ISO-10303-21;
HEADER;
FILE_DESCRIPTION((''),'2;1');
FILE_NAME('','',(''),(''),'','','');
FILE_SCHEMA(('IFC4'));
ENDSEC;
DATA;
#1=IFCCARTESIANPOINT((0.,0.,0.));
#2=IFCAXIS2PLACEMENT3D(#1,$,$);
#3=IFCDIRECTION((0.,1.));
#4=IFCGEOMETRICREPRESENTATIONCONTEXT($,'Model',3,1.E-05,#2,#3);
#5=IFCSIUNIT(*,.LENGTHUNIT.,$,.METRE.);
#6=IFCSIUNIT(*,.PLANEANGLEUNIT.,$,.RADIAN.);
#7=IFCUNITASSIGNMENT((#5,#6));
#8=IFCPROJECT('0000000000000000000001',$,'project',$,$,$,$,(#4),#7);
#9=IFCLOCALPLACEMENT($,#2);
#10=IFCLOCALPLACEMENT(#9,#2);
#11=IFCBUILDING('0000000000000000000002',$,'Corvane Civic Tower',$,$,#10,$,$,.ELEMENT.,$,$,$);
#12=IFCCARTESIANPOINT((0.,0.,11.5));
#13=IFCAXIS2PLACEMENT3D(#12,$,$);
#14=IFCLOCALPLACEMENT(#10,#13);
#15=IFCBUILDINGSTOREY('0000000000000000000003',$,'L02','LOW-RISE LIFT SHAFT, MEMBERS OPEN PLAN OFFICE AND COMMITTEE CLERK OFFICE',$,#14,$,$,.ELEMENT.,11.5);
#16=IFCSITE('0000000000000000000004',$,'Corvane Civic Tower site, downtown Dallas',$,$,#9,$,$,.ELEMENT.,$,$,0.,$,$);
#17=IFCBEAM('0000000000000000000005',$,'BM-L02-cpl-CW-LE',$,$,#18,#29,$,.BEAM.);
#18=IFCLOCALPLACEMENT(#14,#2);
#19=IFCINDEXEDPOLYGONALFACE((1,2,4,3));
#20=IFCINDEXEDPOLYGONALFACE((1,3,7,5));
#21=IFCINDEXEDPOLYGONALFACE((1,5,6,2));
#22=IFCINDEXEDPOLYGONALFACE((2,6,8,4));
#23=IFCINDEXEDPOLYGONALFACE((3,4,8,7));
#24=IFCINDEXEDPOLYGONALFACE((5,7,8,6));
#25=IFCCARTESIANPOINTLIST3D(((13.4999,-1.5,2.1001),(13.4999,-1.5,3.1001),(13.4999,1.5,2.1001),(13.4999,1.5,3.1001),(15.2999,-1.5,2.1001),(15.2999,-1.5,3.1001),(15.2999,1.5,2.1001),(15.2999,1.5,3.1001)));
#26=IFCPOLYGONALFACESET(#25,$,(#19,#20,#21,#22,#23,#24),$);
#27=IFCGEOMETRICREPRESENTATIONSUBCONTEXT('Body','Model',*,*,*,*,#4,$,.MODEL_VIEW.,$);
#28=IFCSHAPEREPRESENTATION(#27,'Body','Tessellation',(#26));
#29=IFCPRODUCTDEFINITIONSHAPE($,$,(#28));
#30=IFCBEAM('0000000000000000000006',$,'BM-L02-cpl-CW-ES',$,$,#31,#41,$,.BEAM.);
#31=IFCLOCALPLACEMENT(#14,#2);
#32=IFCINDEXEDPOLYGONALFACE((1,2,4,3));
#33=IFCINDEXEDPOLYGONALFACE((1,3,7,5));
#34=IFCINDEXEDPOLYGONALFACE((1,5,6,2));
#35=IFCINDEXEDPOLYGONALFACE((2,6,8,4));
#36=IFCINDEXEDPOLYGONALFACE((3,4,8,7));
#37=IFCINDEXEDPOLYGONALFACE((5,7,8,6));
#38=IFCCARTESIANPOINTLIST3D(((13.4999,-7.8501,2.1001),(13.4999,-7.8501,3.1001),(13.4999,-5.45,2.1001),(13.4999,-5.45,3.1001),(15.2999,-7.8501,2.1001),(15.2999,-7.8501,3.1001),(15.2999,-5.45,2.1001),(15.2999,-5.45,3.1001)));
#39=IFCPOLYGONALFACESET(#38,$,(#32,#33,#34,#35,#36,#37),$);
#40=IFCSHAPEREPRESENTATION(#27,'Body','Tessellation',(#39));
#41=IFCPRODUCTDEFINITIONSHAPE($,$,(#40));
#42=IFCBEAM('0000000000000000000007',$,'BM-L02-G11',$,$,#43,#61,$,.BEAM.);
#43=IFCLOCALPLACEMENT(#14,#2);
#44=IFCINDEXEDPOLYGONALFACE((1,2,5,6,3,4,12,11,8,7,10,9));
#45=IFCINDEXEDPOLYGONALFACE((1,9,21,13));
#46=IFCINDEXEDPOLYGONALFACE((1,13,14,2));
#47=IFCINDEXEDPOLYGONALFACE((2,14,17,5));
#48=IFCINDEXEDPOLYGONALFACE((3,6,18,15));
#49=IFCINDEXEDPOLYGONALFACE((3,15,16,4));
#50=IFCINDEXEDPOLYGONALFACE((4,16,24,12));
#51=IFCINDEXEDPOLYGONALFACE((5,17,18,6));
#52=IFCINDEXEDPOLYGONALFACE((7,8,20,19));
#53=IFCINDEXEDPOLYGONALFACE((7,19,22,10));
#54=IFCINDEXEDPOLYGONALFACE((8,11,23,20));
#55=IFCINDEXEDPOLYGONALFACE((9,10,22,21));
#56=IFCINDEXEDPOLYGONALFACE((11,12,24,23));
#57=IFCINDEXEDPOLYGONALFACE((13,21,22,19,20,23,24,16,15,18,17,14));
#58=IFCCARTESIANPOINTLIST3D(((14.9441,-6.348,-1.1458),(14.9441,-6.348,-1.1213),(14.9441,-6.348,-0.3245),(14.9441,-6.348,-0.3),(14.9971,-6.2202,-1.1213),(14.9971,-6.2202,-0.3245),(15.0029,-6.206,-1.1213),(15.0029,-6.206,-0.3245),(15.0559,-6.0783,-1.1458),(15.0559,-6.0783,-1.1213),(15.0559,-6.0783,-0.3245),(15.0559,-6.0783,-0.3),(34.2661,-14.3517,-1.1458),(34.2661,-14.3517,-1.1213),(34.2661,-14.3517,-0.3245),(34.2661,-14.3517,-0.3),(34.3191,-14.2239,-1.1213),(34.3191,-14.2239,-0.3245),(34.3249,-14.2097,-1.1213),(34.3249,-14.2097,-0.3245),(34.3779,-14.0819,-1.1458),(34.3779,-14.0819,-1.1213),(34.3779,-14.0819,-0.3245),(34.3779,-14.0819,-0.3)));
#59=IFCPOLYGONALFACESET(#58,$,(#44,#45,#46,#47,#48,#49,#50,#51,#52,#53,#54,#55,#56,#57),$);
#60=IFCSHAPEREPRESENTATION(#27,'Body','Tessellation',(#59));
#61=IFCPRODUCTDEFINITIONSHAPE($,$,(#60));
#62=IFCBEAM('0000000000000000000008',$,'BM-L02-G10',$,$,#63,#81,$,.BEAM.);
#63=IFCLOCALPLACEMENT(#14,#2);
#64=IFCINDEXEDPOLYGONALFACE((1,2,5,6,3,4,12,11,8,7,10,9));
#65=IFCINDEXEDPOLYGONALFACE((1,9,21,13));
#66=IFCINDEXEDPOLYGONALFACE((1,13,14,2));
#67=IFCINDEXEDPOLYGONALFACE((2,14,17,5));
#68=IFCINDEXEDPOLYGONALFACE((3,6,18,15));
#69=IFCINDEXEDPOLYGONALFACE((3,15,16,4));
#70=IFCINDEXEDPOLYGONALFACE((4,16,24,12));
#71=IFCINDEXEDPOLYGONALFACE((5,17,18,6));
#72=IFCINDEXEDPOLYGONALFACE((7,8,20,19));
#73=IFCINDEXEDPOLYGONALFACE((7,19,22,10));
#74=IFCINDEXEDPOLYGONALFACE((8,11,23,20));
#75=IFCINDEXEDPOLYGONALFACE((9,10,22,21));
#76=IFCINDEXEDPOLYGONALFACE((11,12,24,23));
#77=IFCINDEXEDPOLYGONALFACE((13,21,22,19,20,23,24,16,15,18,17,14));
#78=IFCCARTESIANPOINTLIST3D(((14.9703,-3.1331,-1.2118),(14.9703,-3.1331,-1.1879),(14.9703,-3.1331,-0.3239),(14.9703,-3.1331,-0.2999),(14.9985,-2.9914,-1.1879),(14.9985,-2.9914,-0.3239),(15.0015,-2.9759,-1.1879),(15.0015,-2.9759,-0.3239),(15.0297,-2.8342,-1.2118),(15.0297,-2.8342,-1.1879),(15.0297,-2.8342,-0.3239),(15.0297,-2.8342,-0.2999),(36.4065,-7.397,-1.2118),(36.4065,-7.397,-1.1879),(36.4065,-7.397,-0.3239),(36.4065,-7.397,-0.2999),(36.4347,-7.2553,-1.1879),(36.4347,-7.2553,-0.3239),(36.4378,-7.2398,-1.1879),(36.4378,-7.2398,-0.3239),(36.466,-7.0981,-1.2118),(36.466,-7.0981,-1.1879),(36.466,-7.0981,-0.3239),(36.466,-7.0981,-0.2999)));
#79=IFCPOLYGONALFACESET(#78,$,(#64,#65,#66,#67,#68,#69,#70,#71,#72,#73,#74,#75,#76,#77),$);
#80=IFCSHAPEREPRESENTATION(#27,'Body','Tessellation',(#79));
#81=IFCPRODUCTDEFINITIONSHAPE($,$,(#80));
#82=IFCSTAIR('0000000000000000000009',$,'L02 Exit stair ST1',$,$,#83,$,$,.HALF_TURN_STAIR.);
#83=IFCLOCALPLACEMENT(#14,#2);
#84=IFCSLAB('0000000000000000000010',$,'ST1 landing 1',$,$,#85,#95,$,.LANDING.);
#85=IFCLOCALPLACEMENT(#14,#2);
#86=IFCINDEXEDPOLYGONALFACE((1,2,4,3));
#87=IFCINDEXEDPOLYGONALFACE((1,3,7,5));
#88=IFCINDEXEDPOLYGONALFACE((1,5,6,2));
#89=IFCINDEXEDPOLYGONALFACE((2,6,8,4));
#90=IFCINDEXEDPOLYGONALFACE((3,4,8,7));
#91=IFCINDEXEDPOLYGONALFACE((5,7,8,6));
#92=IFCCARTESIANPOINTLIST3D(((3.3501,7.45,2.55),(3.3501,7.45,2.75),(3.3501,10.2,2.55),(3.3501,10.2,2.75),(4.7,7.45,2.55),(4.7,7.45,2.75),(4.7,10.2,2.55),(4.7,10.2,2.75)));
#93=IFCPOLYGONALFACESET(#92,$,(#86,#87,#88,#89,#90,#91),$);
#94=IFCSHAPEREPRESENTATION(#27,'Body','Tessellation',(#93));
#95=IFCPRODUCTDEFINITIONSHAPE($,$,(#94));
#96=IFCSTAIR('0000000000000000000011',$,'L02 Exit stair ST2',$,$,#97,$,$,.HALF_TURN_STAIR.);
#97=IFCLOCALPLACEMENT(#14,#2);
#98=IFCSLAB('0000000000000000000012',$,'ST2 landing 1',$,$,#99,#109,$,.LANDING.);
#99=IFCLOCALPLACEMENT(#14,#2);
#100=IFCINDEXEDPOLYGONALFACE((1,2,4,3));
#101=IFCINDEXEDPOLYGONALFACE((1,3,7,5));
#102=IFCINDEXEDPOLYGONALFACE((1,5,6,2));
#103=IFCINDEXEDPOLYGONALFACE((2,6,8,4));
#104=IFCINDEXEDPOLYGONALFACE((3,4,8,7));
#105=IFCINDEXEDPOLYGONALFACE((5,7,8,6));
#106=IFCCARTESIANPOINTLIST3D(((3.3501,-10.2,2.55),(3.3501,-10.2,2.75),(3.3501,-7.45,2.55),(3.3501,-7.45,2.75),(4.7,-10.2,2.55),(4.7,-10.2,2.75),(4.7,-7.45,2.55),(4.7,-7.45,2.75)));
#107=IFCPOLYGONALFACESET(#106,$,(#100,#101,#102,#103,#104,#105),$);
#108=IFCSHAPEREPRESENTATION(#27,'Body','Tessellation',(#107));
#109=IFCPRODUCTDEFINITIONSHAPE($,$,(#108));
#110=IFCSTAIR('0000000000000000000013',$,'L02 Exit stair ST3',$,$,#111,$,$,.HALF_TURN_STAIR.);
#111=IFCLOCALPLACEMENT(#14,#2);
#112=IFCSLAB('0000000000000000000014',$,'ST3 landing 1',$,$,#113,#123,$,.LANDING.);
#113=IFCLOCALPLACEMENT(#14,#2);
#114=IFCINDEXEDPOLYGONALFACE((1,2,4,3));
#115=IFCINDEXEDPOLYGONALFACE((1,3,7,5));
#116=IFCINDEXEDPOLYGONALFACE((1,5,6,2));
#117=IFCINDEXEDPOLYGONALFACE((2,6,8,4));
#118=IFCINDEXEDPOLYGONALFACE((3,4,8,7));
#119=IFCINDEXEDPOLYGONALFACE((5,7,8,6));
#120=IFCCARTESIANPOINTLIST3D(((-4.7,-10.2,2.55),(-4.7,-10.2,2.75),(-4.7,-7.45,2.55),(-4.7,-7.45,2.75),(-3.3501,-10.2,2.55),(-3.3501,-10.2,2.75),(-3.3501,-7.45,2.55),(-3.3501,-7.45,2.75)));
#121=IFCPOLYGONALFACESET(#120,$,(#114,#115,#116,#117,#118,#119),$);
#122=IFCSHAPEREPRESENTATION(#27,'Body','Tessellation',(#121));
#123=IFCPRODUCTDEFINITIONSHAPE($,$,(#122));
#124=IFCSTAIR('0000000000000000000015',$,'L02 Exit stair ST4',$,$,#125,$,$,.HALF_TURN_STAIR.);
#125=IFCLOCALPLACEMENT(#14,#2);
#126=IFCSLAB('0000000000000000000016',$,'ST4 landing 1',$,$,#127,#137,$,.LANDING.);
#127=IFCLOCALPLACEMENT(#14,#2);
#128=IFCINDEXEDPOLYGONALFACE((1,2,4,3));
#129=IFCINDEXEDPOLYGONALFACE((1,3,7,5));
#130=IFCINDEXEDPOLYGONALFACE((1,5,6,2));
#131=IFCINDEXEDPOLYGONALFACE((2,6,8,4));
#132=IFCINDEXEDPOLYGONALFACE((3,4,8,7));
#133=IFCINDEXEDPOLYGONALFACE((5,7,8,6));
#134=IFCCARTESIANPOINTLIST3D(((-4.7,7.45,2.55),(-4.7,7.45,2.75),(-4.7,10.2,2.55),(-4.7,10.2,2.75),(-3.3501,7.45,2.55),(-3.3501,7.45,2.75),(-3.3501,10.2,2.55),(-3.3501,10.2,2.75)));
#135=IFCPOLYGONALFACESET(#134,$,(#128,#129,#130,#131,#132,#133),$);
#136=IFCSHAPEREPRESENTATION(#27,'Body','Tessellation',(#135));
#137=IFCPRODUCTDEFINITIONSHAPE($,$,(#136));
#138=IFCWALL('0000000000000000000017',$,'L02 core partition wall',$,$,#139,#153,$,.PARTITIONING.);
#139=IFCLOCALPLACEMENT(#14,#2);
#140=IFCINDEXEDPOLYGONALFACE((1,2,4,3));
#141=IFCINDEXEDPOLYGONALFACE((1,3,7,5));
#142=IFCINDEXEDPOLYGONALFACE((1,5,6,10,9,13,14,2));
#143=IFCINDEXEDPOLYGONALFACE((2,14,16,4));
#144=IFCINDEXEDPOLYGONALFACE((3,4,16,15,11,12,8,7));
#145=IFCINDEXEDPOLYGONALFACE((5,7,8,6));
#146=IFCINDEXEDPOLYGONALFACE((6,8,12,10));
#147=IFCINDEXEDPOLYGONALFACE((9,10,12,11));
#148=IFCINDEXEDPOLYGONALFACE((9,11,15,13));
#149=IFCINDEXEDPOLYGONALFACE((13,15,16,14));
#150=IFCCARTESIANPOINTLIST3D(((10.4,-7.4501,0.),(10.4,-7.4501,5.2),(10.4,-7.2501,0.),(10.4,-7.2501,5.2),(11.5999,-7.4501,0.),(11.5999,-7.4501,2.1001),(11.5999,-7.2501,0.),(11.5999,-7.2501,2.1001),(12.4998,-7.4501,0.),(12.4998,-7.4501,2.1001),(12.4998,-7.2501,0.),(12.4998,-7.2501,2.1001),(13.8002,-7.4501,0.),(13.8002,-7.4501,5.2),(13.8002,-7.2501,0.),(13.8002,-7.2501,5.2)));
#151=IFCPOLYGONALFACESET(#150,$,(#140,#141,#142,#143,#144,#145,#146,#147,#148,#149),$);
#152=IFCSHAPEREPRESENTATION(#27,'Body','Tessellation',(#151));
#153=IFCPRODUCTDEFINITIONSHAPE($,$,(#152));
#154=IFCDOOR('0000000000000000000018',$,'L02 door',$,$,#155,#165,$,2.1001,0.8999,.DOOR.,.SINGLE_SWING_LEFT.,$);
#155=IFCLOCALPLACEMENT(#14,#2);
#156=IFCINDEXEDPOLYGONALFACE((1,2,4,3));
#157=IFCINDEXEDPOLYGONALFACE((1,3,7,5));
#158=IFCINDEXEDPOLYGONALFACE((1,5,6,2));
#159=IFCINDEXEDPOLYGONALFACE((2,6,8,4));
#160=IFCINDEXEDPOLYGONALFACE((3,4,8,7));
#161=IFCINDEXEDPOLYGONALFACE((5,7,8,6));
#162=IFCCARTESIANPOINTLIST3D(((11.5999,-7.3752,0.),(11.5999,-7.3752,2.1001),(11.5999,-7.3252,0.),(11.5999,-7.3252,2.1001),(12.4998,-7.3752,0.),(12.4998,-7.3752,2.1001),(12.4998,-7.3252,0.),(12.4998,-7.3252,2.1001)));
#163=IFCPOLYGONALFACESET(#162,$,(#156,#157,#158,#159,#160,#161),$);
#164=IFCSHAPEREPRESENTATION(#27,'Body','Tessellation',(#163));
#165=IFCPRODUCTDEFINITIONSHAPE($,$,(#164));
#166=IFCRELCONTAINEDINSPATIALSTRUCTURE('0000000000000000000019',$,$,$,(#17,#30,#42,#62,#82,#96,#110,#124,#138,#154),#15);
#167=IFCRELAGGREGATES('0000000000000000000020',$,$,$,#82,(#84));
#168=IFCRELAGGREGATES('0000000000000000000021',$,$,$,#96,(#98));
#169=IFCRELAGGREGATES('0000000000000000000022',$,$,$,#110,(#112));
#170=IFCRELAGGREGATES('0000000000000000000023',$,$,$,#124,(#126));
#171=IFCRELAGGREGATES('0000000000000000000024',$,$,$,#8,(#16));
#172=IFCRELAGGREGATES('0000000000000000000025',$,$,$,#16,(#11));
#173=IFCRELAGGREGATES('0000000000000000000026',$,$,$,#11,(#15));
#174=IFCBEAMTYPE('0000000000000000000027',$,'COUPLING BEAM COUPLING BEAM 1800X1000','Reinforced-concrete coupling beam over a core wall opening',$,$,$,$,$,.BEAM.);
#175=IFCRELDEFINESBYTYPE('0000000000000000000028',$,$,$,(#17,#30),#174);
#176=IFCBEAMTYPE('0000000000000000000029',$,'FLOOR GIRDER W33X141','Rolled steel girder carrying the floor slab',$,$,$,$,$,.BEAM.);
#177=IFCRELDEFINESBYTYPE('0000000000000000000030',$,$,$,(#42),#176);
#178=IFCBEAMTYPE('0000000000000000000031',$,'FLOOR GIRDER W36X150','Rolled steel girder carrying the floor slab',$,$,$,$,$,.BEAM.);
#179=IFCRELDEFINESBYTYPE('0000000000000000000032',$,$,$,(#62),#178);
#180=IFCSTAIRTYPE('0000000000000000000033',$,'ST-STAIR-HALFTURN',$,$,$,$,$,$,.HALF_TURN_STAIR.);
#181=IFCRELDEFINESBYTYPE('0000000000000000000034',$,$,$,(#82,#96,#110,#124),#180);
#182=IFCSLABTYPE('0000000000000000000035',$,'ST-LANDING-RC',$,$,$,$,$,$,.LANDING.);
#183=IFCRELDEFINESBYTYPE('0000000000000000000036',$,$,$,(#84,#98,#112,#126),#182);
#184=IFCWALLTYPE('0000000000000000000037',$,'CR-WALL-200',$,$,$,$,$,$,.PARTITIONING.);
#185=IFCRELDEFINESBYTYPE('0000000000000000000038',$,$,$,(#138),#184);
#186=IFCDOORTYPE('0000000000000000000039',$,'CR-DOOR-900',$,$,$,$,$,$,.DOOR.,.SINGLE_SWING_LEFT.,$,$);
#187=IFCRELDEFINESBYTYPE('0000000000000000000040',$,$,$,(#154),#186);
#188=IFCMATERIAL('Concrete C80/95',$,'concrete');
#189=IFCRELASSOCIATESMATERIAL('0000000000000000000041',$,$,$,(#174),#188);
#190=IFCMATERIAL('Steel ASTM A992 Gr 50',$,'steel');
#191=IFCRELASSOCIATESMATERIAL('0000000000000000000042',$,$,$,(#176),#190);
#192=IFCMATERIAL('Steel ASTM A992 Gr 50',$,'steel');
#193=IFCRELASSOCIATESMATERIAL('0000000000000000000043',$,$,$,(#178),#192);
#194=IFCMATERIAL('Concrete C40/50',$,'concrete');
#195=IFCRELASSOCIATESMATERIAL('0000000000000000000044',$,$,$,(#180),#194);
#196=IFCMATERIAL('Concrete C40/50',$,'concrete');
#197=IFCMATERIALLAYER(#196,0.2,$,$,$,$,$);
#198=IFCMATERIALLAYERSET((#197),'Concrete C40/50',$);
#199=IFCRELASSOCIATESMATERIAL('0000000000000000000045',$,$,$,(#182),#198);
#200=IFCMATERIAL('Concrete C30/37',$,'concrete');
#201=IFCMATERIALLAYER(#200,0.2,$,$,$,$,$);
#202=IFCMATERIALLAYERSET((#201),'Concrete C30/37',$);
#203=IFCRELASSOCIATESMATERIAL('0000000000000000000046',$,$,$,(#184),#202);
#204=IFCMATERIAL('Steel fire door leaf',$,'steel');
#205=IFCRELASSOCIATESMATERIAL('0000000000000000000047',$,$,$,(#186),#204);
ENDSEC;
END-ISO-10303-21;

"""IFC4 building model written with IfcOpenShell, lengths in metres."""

from ifc_helpers import new_model, si_unit, direction, frame, frame_2d, origin, origin_2d, place, context, subcontext, project, spatial, polyline, rectangle, i_section, outline, extrude, material, layer, layer_set, material_profile, profile_set, type_object, element, fill, aggregate, save


model = new_model("IFC4")

# Units and contexts
model_context = context("Model", 3, precision=1e-05, world=origin(), true_north=direction((0.0, 1.0)))
body_context = subcontext(model_context, "Body", "Model", "MODEL_VIEW")
ifc_project = project(units=[si_unit("LENGTHUNIT", "METRE"), si_unit("PLANEANGLEUNIT", "RADIAN")], contexts=[model_context])

# Site, building, storey
site_placement = place(None, origin())
site = spatial("IfcSite", under=ifc_project, at=site_placement, Name="Corvane Civic Tower site, downtown Dallas", CompositionType="ELEMENT", RefElevation=0.0)
building_placement = place(site_placement, origin())
building = spatial("IfcBuilding", under=site, at=building_placement, Name="Corvane Civic Tower", CompositionType="ELEMENT")
storey_placement = place(building_placement, frame((0.0, 0.0, 11.5)))
storey = spatial("IfcBuildingStorey", under=building, at=storey_placement, Name="L02", Description="LOW-RISE LIFT SHAFT, MEMBERS OPEN PLAN OFFICE AND COMMITTEE CLERK OFFICE", CompositionType="ELEMENT", Elevation=11.5)

# Beams
ifc_material_1 = material(Name="Concrete C80/95", Category="concrete")
ifc_material_profile_1 = material_profile(ifc_material_1, rectangle(XDim=1.8, YDim=1.0, at=origin_2d()), Name="COUPLING BEAM 1800X1000")
ifc_profile_set_1 = profile_set([ifc_material_profile_1], Name="Concrete C80/95")
beam_type_1 = type_object("IfcBeamType", Name="COUPLING BEAM COUPLING BEAM 1800X1000", Description="Reinforced-concrete coupling beam over a core wall opening", PredefinedType="BEAM", material=ifc_profile_set_1)
beam_1_placement = place(storey_placement, frame((14.3999, -1.5, 2.6001), z_axis=(0.0, 1.0, 0.0), x_axis=(-1.0, 0.0, 0.0)))
element("IfcBeam", 1, at=beam_1_placement, inside=storey, type_object=beam_type_1, Name="BM-L02-cpl-CW-LE", PredefinedType="BEAM", context=body_context, shape_type="SweptSolid", body=[
    extrude(rectangle(XDim=1.8, YDim=1.0, at=origin_2d()), origin(), (0.0, 0.0, 1.0), 3.0),
])
beam_2_placement = place(storey_placement, frame((14.3999, -7.8501, 2.6001), z_axis=(0.0, 1.0, 0.0), x_axis=(-1.0, 0.0, 0.0)))
element("IfcBeam", 2, at=beam_2_placement, inside=storey, type_object=beam_type_1, Name="BM-L02-cpl-CW-ES", PredefinedType="BEAM", context=body_context, shape_type="SweptSolid", body=[
    extrude(rectangle(XDim=1.8, YDim=1.0, at=origin_2d()), origin(), (0.0, 0.0, 1.0), 2.4001),
])
ifc_material_2 = material(Name="Steel ASTM A992 Gr 50", Category="steel")
ifc_material_profile_2 = material_profile(ifc_material_2, i_section(OverallWidth=0.292, OverallDepth=0.8457, WebThickness=0.0154, FlangeThickness=0.0244, at=origin_2d()), Name="W33X141")
ifc_profile_set_2 = profile_set([ifc_material_profile_2], Name="Steel ASTM A992 Gr 50")
beam_type_2 = type_object("IfcBeamType", Name="FLOOR GIRDER W33X141", Description="Rolled steel girder carrying the floor slab", PredefinedType="BEAM", material=ifc_profile_set_2)
beam_3_placement = place(storey_placement, frame((15.0, -6.2131, -0.7229), z_axis=(0.923876, -0.382692, 0.0), x_axis=(0.382692, 0.923876, 0.0)))
element("IfcBeam", 3, at=beam_3_placement, inside=storey, type_object=beam_type_2, Name="BM-L02-G11", PredefinedType="BEAM", context=body_context, shape_type="SweptSolid", body=[
    extrude(i_section(OverallWidth=0.292, OverallDepth=0.8457, WebThickness=0.0154, FlangeThickness=0.0244, at=origin_2d()), origin(), (0.0, 0.0, 1.0), 20.9141),
])
ifc_material_3 = material(Name="Steel ASTM A992 Gr 50", Category="steel")
ifc_material_profile_3 = material_profile(ifc_material_3, i_section(OverallWidth=0.3047, OverallDepth=0.9119, WebThickness=0.0159, FlangeThickness=0.0239, at=origin_2d()), Name="W36X150")
ifc_profile_set_3 = profile_set([ifc_material_profile_3], Name="Steel ASTM A992 Gr 50")
beam_type_3 = type_object("IfcBeamType", Name="FLOOR GIRDER W36X150", Description="Rolled steel girder carrying the floor slab", PredefinedType="BEAM", material=ifc_profile_set_3)
beam_4_placement = place(storey_placement, frame((15.0, -2.9836, -0.7559), z_axis=(0.980785, -0.195089, 0.0), x_axis=(0.195089, 0.980785, 0.0)))
element("IfcBeam", 4, at=beam_4_placement, inside=storey, type_object=beam_type_3, Name="BM-L02-G10", PredefinedType="BEAM", context=body_context, shape_type="SweptSolid", body=[
    extrude(i_section(OverallWidth=0.3047, OverallDepth=0.9119, WebThickness=0.0159, FlangeThickness=0.0239, at=origin_2d()), origin(), (0.0, 0.0, 1.0), 21.8562),
])

# Stairs, slabs
ifc_material_4 = material(Name="Concrete C40/50", Category="concrete")
stair_type = type_object("IfcStairType", Name="ST-STAIR-HALFTURN", PredefinedType="HALF_TURN_STAIR", material=ifc_material_4)
stair_1_placement = place(storey_placement, origin())
stair_1 = element("IfcStair", 5, at=stair_1_placement, inside=storey, type_object=stair_type, Name="L02 Exit stair ST1", PredefinedType="HALF_TURN_STAIR")
ifc_material_5 = material(Name="Concrete C40/50", Category="concrete")
ifc_layer_1 = layer(ifc_material_5, 0.2)
ifc_layer_set_1 = layer_set([ifc_layer_1], Name="Concrete C40/50")
slab_type_1 = type_object("IfcSlabType", Name="ST-LANDING-RC", PredefinedType="LANDING", material=ifc_layer_set_1)
slab_1_placement = place(storey_placement, frame((0.0, 0.0, 2.55)))
slab_1 = element("IfcSlab", 6, at=slab_1_placement, type_object=slab_type_1, Name="ST1 landing 1", PredefinedType="LANDING", context=body_context, shape_type="SweptSolid", body=[
    extrude(outline(polyline([(4.7, 10.2), (3.3501, 10.2), (3.3501, 7.45), (4.7, 7.45), (4.7, 10.2)])), origin(), (0.0, 0.0, 1.0), 0.2),
])
aggregate(stair_1, [slab_1])
stair_2_placement = place(storey_placement, origin())
stair_2 = element("IfcStair", 7, at=stair_2_placement, inside=storey, type_object=stair_type, Name="L02 Exit stair ST2", PredefinedType="HALF_TURN_STAIR")
slab_2_placement = place(storey_placement, frame((0.0, 0.0, 2.55)))
slab_2 = element("IfcSlab", 8, at=slab_2_placement, type_object=slab_type_1, Name="ST2 landing 1", PredefinedType="LANDING", context=body_context, shape_type="SweptSolid", body=[
    extrude(outline(polyline([(4.7, -7.45), (3.3501, -7.45), (3.3501, -10.2), (4.7, -10.2), (4.7, -7.45)])), origin(), (0.0, 0.0, 1.0), 0.2),
])
aggregate(stair_2, [slab_2])
stair_3_placement = place(storey_placement, origin())
stair_3 = element("IfcStair", 9, at=stair_3_placement, inside=storey, type_object=stair_type, Name="L02 Exit stair ST3", PredefinedType="HALF_TURN_STAIR")
slab_3_placement = place(storey_placement, frame((0.0, 0.0, 2.55)))
slab_3 = element("IfcSlab", 10, at=slab_3_placement, type_object=slab_type_1, Name="ST3 landing 1", PredefinedType="LANDING", context=body_context, shape_type="SweptSolid", body=[
    extrude(outline(polyline([(-4.7, -10.2), (-3.3501, -10.2), (-3.3501, -7.45), (-4.7, -7.45), (-4.7, -10.2)])), origin(), (0.0, 0.0, 1.0), 0.2),
])
aggregate(stair_3, [slab_3])
stair_4_placement = place(storey_placement, origin())
stair_4 = element("IfcStair", 11, at=stair_4_placement, inside=storey, type_object=stair_type, Name="L02 Exit stair ST4", PredefinedType="HALF_TURN_STAIR")
slab_4_placement = place(storey_placement, frame((0.0, 0.0, 2.55)))
slab_4 = element("IfcSlab", 12, at=slab_4_placement, type_object=slab_type_1, Name="ST4 landing 1", PredefinedType="LANDING", context=body_context, shape_type="SweptSolid", body=[
    extrude(outline(polyline([(-4.7, 7.45), (-3.3501, 7.45), (-3.3501, 10.2), (-4.7, 10.2), (-4.7, 7.45)])), origin(), (0.0, 0.0, 1.0), 0.2),
])
aggregate(stair_4, [slab_4])

# Wall, opening, door
ifc_material_6 = material(Name="Concrete C30/37", Category="concrete")
ifc_layer_2 = layer(ifc_material_6, 0.2)
ifc_layer_set_2 = layer_set([ifc_layer_2], Name="Concrete C30/37")
wall_type_1 = type_object("IfcWallType", Name="CR-WALL-200", PredefinedType="PARTITIONING", material=ifc_layer_set_2)
wall_1_placement = place(storey_placement, frame((10.3999, -7.3501, 0.0), z_axis=(0.0, 0.0, 1.0), x_axis=(1.0, 0.0, 0.0)))
wall_1 = element("IfcWall", 13, at=wall_1_placement, inside=storey, type_object=wall_type_1, Name="L02 core partition wall", PredefinedType="PARTITIONING", context=body_context, shape_type="SweptSolid", body=[
    extrude(rectangle(XDim=3.4001, YDim=0.2, at=frame_2d((1.7002, 0.0))), origin(), (0.0, 0.0, 1.0), 5.2),
])
opening_1_placement = place(wall_1_placement, frame((1.2, 0.0, 0.0)))
opening_1 = element("IfcOpeningElement", 14, at=opening_1_placement, cuts=wall_1, PredefinedType="OPENING", context=body_context, shape_type="SweptSolid", body=[
    extrude(rectangle(XDim=0.8999, YDim=2.1001, at=frame_2d((0.45, 1.05))), frame((0.0, 0.1099, 0.0), z_axis=(0.0, -1.0, 0.0), x_axis=(1.0, 0.0, 0.0)), (0.0, 0.0, 1.0), 0.22),
])
ifc_material_7 = material(Name="Steel fire door leaf", Category="steel")
door_type_1 = type_object("IfcDoorType", Name="CR-DOOR-900", OperationType="SINGLE_SWING_LEFT", PredefinedType="DOOR", material=ifc_material_7)
door_1_placement = place(opening_1_placement, origin())
door_1 = element("IfcDoor", 15, at=door_1_placement, inside=storey, type_object=door_type_1, Name="L02 door", OperationType="SINGLE_SWING_LEFT", OverallHeight=2.1001, OverallWidth=0.8999, PredefinedType="DOOR", context=body_context, shape_type="SweptSolid", body=[
    extrude(rectangle(XDim=0.8999, YDim=2.1001, at=frame_2d((0.45, 1.05))), frame((0.0, 0.0249, 0.0), z_axis=(0.0, -1.0, 0.0), x_axis=(1.0, 0.0, 0.0)), (0.0, 0.0, 1.0), 0.05),
])
fill(opening_1, door_1)

save(model, "model.ifc")
